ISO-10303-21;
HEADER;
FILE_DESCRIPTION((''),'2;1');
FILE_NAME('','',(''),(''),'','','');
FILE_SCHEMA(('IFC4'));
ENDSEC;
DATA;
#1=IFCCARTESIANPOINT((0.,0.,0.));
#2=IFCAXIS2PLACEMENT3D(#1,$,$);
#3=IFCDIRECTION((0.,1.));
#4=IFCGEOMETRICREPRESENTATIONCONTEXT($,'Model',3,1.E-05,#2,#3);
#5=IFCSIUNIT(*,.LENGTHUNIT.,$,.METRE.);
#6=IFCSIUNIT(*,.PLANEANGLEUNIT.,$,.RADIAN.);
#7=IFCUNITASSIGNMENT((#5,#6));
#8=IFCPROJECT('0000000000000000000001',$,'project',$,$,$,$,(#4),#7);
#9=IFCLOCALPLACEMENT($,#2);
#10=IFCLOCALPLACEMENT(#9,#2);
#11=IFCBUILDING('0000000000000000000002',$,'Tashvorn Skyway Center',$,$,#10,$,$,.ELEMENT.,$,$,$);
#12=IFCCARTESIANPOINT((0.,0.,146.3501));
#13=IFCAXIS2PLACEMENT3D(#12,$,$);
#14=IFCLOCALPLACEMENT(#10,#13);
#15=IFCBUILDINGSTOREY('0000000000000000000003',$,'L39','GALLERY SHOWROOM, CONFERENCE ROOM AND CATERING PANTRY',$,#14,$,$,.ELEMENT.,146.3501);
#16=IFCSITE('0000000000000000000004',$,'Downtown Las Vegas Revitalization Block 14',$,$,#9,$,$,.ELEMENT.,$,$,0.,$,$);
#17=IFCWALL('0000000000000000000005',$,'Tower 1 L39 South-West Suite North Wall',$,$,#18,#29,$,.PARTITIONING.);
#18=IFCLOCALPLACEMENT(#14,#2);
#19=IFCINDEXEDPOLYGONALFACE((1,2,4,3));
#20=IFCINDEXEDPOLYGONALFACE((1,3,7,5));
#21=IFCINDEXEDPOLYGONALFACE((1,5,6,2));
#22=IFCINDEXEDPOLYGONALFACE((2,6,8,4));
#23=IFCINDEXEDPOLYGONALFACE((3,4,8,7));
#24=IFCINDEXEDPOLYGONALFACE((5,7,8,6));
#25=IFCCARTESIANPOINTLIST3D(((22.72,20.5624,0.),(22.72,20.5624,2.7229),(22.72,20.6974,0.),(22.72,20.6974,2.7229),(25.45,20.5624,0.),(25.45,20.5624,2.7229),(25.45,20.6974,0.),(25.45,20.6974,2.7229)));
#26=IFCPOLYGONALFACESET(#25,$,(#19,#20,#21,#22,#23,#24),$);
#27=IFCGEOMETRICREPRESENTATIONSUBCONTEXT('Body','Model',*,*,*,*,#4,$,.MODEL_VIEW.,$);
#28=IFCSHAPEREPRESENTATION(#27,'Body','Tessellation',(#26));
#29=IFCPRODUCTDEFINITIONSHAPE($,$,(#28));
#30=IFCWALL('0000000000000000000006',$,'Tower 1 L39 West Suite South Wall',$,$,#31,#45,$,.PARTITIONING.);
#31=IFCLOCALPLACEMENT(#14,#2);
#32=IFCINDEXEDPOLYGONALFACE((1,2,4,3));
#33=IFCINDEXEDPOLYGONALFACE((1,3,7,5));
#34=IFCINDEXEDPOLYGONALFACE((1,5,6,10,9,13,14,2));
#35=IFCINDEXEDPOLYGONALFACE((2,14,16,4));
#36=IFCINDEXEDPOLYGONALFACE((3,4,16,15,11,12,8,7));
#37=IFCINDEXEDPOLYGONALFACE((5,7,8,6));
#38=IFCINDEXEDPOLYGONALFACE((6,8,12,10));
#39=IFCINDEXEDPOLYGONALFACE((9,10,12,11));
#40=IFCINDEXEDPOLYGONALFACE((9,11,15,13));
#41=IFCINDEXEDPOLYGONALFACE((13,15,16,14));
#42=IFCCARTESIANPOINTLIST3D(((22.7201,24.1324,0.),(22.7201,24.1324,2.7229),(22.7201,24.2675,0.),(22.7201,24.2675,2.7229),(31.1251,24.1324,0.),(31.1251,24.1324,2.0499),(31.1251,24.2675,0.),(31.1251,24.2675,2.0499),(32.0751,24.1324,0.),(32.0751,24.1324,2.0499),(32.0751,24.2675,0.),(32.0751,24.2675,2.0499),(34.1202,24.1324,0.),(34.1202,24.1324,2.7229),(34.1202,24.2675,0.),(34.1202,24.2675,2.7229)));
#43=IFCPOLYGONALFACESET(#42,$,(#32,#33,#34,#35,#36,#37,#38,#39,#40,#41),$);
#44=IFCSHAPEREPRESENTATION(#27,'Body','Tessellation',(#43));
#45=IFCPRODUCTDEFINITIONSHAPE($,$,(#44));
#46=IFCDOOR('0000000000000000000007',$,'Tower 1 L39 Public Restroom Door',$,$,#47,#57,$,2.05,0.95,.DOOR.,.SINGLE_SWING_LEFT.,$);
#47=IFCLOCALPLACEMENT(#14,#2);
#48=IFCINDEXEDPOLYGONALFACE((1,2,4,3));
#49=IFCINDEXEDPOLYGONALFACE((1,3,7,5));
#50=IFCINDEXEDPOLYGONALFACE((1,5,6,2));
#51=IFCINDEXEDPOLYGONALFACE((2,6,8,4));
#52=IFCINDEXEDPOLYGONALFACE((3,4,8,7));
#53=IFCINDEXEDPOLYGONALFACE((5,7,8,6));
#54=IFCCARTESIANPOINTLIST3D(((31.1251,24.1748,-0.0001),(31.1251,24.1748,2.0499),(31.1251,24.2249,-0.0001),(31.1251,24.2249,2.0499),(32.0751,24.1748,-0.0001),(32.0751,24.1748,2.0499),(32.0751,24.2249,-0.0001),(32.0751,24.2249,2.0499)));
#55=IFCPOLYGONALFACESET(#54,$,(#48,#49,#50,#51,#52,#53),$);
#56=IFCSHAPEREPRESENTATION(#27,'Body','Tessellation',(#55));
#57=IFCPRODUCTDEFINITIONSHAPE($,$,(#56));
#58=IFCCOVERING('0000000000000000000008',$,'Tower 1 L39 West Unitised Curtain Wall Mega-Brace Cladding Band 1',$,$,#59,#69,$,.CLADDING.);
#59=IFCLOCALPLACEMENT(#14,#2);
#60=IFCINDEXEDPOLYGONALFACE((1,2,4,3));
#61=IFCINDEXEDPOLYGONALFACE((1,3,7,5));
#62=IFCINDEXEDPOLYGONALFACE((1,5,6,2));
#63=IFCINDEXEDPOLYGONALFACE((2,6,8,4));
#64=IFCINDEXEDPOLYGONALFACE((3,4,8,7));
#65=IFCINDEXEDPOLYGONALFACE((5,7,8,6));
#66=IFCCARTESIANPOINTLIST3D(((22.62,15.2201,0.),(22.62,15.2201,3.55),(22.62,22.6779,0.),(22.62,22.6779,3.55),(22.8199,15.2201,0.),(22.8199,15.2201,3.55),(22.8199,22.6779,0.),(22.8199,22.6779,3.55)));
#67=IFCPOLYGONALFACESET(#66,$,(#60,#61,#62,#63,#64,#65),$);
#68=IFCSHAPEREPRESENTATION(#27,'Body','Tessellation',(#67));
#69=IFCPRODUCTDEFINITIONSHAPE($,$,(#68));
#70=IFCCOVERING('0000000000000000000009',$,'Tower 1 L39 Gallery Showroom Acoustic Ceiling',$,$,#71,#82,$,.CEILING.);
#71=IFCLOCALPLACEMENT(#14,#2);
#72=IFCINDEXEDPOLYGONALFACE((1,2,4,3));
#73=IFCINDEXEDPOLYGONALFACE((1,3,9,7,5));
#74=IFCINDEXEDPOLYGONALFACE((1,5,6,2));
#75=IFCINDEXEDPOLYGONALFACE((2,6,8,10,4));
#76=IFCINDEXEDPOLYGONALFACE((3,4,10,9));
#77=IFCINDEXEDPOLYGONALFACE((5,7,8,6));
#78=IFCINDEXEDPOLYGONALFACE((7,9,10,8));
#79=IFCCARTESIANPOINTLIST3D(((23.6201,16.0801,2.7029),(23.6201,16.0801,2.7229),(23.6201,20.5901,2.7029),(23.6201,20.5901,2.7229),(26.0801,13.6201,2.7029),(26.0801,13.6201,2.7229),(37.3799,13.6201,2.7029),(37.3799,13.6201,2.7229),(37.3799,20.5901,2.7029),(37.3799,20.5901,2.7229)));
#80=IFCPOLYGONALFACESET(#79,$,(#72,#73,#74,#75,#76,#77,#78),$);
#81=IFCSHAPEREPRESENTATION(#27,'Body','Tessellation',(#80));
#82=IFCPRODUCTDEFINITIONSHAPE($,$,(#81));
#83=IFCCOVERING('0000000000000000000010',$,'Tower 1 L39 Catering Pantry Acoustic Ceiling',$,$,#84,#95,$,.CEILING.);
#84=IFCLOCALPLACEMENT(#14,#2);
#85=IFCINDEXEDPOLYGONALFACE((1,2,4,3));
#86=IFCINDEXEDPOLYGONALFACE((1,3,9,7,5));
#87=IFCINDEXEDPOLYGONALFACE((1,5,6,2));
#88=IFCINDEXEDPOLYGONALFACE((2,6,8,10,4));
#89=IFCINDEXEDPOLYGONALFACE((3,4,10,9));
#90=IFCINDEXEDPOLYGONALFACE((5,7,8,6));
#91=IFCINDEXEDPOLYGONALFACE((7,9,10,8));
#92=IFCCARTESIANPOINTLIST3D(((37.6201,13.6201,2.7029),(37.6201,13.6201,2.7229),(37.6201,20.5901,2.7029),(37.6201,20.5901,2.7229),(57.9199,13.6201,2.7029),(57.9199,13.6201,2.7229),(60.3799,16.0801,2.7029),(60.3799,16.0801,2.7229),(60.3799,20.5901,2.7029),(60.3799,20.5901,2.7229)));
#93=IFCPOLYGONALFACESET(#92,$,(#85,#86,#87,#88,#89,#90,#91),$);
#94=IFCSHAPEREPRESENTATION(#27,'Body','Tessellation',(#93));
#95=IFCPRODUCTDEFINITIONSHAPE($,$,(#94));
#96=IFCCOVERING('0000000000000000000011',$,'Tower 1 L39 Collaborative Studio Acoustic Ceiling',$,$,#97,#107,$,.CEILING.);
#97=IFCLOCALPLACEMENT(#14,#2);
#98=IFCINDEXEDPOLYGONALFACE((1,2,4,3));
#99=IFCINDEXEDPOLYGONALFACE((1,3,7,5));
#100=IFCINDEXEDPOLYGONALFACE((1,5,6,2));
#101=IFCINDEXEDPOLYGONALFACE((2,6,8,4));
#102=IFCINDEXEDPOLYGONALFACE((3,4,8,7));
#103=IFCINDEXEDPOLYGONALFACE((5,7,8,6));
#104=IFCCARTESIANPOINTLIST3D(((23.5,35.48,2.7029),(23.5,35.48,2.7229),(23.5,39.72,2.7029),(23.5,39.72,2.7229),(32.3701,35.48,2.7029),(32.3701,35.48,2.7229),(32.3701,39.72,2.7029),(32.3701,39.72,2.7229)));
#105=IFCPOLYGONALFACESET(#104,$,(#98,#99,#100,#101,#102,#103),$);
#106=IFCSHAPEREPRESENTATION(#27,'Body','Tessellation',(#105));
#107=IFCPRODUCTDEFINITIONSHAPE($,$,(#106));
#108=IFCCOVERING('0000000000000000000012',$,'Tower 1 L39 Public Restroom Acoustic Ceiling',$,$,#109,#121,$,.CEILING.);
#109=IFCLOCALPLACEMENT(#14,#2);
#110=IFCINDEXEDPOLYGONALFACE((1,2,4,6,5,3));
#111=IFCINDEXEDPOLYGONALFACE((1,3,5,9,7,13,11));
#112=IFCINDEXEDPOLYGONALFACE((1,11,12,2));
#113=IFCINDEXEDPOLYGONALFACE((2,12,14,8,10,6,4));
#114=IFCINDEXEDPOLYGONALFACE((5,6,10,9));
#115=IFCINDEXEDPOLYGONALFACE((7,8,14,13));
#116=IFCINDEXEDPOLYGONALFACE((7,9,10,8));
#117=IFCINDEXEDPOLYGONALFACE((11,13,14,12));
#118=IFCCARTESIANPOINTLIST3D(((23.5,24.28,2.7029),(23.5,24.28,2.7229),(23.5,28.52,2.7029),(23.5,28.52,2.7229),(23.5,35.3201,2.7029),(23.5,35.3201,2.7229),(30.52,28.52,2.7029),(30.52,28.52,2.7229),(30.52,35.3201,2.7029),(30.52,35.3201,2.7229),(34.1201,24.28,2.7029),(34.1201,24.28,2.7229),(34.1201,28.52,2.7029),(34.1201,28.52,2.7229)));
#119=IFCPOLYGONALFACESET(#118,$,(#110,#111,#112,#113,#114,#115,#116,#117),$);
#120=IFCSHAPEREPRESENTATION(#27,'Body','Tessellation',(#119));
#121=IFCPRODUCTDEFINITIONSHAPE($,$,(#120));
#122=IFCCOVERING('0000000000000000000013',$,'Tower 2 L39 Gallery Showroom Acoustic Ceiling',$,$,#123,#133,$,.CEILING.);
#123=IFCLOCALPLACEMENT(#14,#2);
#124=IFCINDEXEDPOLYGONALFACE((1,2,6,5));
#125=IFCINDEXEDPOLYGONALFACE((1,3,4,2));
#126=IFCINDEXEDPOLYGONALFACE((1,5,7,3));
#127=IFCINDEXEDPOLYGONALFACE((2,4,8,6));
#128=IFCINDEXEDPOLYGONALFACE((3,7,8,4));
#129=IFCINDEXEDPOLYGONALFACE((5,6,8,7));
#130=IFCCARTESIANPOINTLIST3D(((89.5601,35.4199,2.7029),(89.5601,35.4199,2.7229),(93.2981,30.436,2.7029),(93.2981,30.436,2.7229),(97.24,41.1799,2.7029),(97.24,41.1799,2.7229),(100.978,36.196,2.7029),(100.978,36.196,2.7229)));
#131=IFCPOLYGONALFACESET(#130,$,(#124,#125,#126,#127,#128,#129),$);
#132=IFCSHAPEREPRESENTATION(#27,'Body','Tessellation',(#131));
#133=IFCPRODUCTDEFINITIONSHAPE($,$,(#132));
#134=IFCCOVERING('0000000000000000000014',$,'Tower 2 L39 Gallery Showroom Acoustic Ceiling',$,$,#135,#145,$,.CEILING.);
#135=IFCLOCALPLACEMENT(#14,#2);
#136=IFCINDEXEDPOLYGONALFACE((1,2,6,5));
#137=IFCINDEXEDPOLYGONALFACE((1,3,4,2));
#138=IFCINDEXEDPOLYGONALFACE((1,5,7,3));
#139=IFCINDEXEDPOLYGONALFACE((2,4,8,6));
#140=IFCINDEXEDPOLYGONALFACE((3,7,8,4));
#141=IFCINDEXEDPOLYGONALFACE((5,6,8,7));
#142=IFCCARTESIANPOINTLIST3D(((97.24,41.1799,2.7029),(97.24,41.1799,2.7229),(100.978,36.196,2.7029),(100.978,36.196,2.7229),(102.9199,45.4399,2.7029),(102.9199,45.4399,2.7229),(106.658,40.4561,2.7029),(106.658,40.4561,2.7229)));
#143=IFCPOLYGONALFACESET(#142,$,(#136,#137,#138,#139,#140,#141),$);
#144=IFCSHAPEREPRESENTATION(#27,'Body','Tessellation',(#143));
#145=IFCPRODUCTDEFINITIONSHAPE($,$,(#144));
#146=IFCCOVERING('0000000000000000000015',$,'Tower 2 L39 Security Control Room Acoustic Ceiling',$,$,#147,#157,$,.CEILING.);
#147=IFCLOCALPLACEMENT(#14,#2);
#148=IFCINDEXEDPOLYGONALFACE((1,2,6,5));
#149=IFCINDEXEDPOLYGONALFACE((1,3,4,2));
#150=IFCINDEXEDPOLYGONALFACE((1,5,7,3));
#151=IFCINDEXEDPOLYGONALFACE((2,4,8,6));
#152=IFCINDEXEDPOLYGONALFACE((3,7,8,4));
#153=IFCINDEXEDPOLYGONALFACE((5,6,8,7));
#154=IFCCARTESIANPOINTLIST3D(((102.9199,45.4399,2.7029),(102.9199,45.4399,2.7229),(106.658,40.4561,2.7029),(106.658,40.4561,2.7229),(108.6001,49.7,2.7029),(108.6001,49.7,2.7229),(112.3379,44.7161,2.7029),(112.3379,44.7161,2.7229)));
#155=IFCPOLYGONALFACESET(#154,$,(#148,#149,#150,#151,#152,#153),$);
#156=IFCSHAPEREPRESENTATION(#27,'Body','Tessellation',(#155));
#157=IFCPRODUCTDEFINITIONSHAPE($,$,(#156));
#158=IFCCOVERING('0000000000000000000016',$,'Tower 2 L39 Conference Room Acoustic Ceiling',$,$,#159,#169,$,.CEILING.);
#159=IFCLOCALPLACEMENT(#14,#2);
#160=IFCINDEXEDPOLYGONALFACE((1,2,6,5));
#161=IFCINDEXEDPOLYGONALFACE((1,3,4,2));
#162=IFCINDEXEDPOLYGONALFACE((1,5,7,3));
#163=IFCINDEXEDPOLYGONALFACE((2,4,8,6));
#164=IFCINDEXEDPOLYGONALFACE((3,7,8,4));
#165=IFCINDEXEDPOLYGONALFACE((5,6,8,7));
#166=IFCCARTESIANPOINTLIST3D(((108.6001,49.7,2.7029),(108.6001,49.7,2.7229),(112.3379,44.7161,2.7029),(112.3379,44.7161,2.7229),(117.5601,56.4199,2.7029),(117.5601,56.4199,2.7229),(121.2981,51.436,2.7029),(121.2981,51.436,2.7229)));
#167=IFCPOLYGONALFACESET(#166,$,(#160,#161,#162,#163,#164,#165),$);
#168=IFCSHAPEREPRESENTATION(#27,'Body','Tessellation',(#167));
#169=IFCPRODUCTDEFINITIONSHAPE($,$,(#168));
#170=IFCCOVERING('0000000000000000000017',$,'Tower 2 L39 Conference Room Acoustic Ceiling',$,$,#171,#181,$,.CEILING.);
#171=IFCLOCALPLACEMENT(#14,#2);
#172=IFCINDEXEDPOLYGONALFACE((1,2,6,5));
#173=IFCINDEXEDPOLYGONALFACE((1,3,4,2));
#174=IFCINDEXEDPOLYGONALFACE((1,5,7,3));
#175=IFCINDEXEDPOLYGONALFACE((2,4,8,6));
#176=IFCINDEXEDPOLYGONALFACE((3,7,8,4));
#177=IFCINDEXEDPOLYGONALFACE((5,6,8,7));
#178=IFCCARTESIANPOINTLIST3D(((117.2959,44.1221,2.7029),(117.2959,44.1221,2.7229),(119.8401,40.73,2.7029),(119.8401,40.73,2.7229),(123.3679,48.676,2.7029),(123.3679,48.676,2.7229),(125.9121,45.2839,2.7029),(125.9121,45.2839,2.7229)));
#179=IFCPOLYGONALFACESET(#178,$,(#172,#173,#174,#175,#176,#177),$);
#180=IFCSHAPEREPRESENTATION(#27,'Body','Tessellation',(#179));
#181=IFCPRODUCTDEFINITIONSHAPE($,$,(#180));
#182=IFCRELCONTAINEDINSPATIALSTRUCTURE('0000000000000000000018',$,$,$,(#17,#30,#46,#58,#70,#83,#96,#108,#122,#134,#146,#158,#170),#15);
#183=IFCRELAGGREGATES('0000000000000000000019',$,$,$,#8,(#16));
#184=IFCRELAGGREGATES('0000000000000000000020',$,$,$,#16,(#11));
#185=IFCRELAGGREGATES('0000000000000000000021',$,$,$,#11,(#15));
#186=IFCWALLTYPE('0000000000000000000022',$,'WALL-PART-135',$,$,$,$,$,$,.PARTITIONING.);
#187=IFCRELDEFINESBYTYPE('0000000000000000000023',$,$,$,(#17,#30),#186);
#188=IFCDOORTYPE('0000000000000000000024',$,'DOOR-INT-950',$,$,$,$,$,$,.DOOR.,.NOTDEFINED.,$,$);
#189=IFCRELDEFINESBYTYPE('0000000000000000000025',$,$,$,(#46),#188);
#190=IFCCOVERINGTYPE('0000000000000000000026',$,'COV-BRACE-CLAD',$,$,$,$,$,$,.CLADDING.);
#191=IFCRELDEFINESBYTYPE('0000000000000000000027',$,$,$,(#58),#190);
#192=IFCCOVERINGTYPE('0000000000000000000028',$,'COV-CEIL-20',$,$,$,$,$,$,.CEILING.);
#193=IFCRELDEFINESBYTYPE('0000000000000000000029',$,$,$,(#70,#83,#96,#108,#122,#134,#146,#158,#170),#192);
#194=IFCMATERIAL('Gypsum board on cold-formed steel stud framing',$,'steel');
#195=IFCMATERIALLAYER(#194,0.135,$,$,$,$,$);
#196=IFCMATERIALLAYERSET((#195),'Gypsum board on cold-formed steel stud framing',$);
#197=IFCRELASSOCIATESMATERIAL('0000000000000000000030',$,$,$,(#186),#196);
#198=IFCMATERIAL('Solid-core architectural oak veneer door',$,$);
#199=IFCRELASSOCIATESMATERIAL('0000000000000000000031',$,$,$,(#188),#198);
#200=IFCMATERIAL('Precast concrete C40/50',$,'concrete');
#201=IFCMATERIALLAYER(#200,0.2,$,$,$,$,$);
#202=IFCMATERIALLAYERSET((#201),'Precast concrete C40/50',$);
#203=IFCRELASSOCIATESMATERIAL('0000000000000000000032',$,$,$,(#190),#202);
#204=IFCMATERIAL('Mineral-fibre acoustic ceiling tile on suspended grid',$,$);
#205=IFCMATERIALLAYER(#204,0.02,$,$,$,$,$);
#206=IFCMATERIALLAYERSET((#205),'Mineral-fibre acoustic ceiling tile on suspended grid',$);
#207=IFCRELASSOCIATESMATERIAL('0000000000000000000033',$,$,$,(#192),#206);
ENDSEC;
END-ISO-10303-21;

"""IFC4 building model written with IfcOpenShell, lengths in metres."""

from ifc_helpers import new_model, si_unit, direction, frame, frame_2d, origin, origin_2d, place, context, subcontext, project, spatial, polyline, rectangle, outline, extrude, material, layer, layer_set, type_object, element, fill, save


model = new_model("IFC4")

# Units and contexts
model_context = context("Model", 3, precision=1e-05, world=origin(), true_north=direction((0.0, 1.0)))
body_context = subcontext(model_context, "Body", "Model", "MODEL_VIEW")
ifc_project = project(units=[si_unit("LENGTHUNIT", "METRE"), si_unit("PLANEANGLEUNIT", "RADIAN")], contexts=[model_context])

# Site, building, storey
site_placement = place(None, origin())
site = spatial("IfcSite", under=ifc_project, at=site_placement, Name="Downtown Las Vegas Revitalization Block 14", CompositionType="ELEMENT", RefElevation=0.0)
building_placement = place(site_placement, origin())
building = spatial("IfcBuilding", under=site, at=building_placement, Name="Tashvorn Skyway Center", CompositionType="ELEMENT")
storey_placement = place(building_placement, frame((0.0, 0.0, 146.3501)))
storey = spatial("IfcBuildingStorey", under=building, at=storey_placement, Name="L39", Description="GALLERY SHOWROOM, CONFERENCE ROOM AND CATERING PANTRY", CompositionType="ELEMENT", Elevation=146.3501)

# Wall
ifc_material_1 = material(Name="Gypsum board on cold-formed steel stud framing", Category="steel")
ifc_layer_1 = layer(ifc_material_1, 0.135)
ifc_layer_set_1 = layer_set([ifc_layer_1], Name="Gypsum board on cold-formed steel stud framing")
wall_type = type_object("IfcWallType", Name="WALL-PART-135", PredefinedType="PARTITIONING", material=ifc_layer_set_1)
wall_1_placement = place(storey_placement, frame((22.72, 20.6299, 0.0), z_axis=(0.0, 0.0, 1.0), x_axis=(1.0, 0.0, 0.0)))
element("IfcWall", 1, at=wall_1_placement, inside=storey, type_object=wall_type, Name="Tower 1 L39 South-West Suite North Wall", PredefinedType="PARTITIONING", context=body_context, shape_type="SweptSolid", body=[
    extrude(rectangle(XDim=2.73, YDim=0.135, at=frame_2d((1.365, 0.0))), origin(), (0.0, 0.0, 1.0), 2.7229),
])

# Wall, opening, door
wall_2_placement = place(storey_placement, frame((22.72, 24.2, 0.0), z_axis=(0.0, 0.0, 1.0), x_axis=(1.0, 0.0, 0.0)))
wall_2 = element("IfcWall", 2, at=wall_2_placement, inside=storey, type_object=wall_type, Name="Tower 1 L39 West Suite South Wall", PredefinedType="PARTITIONING", context=body_context, shape_type="SweptSolid", body=[
    extrude(rectangle(XDim=11.4001, YDim=0.135, at=frame_2d((5.7002, 0.0))), origin(), (0.0, 0.0, 1.0), 2.7229),
])
opening_placement = place(wall_2_placement, frame((8.405, 0.0, 0.0)))
opening = element("IfcOpeningElement", 3, at=opening_placement, cuts=wall_2, PredefinedType="OPENING", context=body_context, shape_type="SweptSolid", body=[
    extrude(rectangle(XDim=0.95, YDim=2.05, at=frame_2d((0.4751, 1.0249))), frame((0.0, 0.0774, 0.0), z_axis=(0.0, -1.0, 0.0), x_axis=(1.0, 0.0, 0.0)), (0.0, 0.0, 1.0), 0.155),
])
ifc_material_2 = material(Name="Solid-core architectural oak veneer door")
door_type = type_object("IfcDoorType", Name="DOOR-INT-950", OperationType="NOTDEFINED", PredefinedType="DOOR", material=ifc_material_2)
door_placement = place(opening_placement, origin())
door = element("IfcDoor", 4, at=door_placement, inside=storey, type_object=door_type, Name="Tower 1 L39 Public Restroom Door", OperationType="SINGLE_SWING_LEFT", OverallHeight=2.05, OverallWidth=0.95, PredefinedType="DOOR", context=body_context, shape_type="SweptSolid", body=[
    extrude(rectangle(XDim=0.95, YDim=2.05, at=frame_2d((0.4751, 1.0249))), frame((0.0, 0.0249, 0.0), z_axis=(0.0, -1.0, 0.0), x_axis=(1.0, 0.0, 0.0)), (0.0, 0.0, 1.0), 0.05),
])
fill(opening, door)

# Coverings
ifc_material_3 = material(Name="Precast concrete C40/50", Category="concrete")
ifc_layer_2 = layer(ifc_material_3, 0.2)
ifc_layer_set_2 = layer_set([ifc_layer_2], Name="Precast concrete C40/50")
covering_type_1 = type_object("IfcCoveringType", Name="COV-BRACE-CLAD", PredefinedType="CLADDING", material=ifc_layer_set_2)
covering_1_placement = place(storey_placement, frame((22.72, 18.949, 0.0), z_axis=(0.0, 0.0, 1.0), x_axis=(0.0, 1.0, 0.0)))
element("IfcCovering", 5, at=covering_1_placement, inside=storey, type_object=covering_type_1, Name="Tower 1 L39 West Unitised Curtain Wall Mega-Brace Cladding Band 1", PredefinedType="CLADDING", context=body_context, shape_type="SweptSolid", body=[
    extrude(rectangle(XDim=7.4578, YDim=0.2, at=origin_2d()), origin(), (0.0, 0.0, 1.0), 3.55),
])
ifc_material_4 = material(Name="Mineral-fibre acoustic ceiling tile on suspended grid")
ifc_layer_3 = layer(ifc_material_4, 0.02)
ifc_layer_set_3 = layer_set([ifc_layer_3], Name="Mineral-fibre acoustic ceiling tile on suspended grid")
covering_type_2 = type_object("IfcCoveringType", Name="COV-CEIL-20", PredefinedType="CEILING", material=ifc_layer_set_3)
covering_2_placement = place(storey_placement, frame((0.0, 0.0, 2.7029)))
element("IfcCovering", 6, at=covering_2_placement, inside=storey, type_object=covering_type_2, Name="Tower 1 L39 Gallery Showroom Acoustic Ceiling", PredefinedType="CEILING", context=body_context, shape_type="SweptSolid", body=[
    extrude(outline(polyline([(23.6201, 20.5901), (37.3799, 20.5901), (37.3799, 13.6201), (26.0801, 13.6201), (23.6201, 16.0801), (23.6201, 20.5901)])), origin(), (0.0, 0.0, 1.0), 0.02),
])
covering_3_placement = place(storey_placement, frame((0.0, 0.0, 2.7029)))
element("IfcCovering", 7, at=covering_3_placement, inside=storey, type_object=covering_type_2, Name="Tower 1 L39 Catering Pantry Acoustic Ceiling", PredefinedType="CEILING", context=body_context, shape_type="SweptSolid", body=[
    extrude(outline(polyline([(37.6201, 13.6201), (37.6201, 20.5901), (60.3799, 20.5901), (60.3799, 16.0801), (57.9199, 13.6201), (37.6201, 13.6201)])), origin(), (0.0, 0.0, 1.0), 0.02),
])
covering_4_placement = place(storey_placement, frame((0.0, 0.0, 2.7029)))
element("IfcCovering", 8, at=covering_4_placement, inside=storey, type_object=covering_type_2, Name="Tower 1 L39 Collaborative Studio Acoustic Ceiling", PredefinedType="CEILING", context=body_context, shape_type="SweptSolid", body=[
    extrude(outline(polyline([(32.3701, 39.72), (32.3701, 35.48), (23.5, 35.48), (23.5, 39.72), (32.3701, 39.72)])), origin(), (0.0, 0.0, 1.0), 0.02),
])
covering_5_placement = place(storey_placement, frame((0.0, 0.0, 2.7029)))
element("IfcCovering", 9, at=covering_5_placement, inside=storey, type_object=covering_type_2, Name="Tower 1 L39 Public Restroom Acoustic Ceiling", PredefinedType="CEILING", context=body_context, shape_type="SweptSolid", body=[
    extrude(outline(polyline([(34.1201, 24.28), (23.5, 24.28), (23.5, 28.52), (23.5, 35.3201), (30.52, 35.3201), (30.52, 28.52), (34.1201, 28.52), (34.1201, 24.28)])), origin(), (0.0, 0.0, 1.0), 0.02),
])
covering_6_placement = place(storey_placement, frame((0.0, 0.0, 2.7029)))
element("IfcCovering", 10, at=covering_6_placement, inside=storey, type_object=covering_type_2, Name="Tower 2 L39 Gallery Showroom Acoustic Ceiling", PredefinedType="CEILING", context=body_context, shape_type="SweptSolid", body=[
    extrude(outline(polyline([(93.2981, 30.436), (100.978, 36.196), (97.24, 41.1799), (89.5601, 35.4199), (93.2981, 30.436)])), origin(), (0.0, 0.0, 1.0), 0.02),
])
covering_7_placement = place(storey_placement, frame((0.0, 0.0, 2.7029)))
element("IfcCovering", 11, at=covering_7_placement, inside=storey, type_object=covering_type_2, Name="Tower 2 L39 Gallery Showroom Acoustic Ceiling", PredefinedType="CEILING", context=body_context, shape_type="SweptSolid", body=[
    extrude(outline(polyline([(100.978, 36.196), (106.658, 40.4561), (102.9199, 45.4399), (97.24, 41.1799), (100.978, 36.196)])), origin(), (0.0, 0.0, 1.0), 0.02),
])
covering_8_placement = place(storey_placement, frame((0.0, 0.0, 2.7029)))
element("IfcCovering", 12, at=covering_8_placement, inside=storey, type_object=covering_type_2, Name="Tower 2 L39 Security Control Room Acoustic Ceiling", PredefinedType="CEILING", context=body_context, shape_type="SweptSolid", body=[
    extrude(outline(polyline([(106.658, 40.4561), (112.3379, 44.7161), (108.6001, 49.7), (102.9199, 45.4399), (106.658, 40.4561)])), origin(), (0.0, 0.0, 1.0), 0.02),
])
covering_9_placement = place(storey_placement, frame((0.0, 0.0, 2.7029)))
element("IfcCovering", 13, at=covering_9_placement, inside=storey, type_object=covering_type_2, Name="Tower 2 L39 Conference Room Acoustic Ceiling", PredefinedType="CEILING", context=body_context, shape_type="SweptSolid", body=[
    extrude(outline(polyline([(112.3379, 44.7161), (121.2981, 51.436), (117.5601, 56.4199), (108.6001, 49.7), (112.3379, 44.7161)])), origin(), (0.0, 0.0, 1.0), 0.02),
])
covering_10_placement = place(storey_placement, frame((0.0, 0.0, 2.7029)))
element("IfcCovering", 14, at=covering_10_placement, inside=storey, type_object=covering_type_2, Name="Tower 2 L39 Conference Room Acoustic Ceiling", PredefinedType="CEILING", context=body_context, shape_type="SweptSolid", body=[
    extrude(outline(polyline([(119.8401, 40.73), (117.2959, 44.1221), (123.3679, 48.676), (125.9121, 45.2839), (119.8401, 40.73)])), origin(), (0.0, 0.0, 1.0), 0.02),
])

save(model, "model.ifc")
